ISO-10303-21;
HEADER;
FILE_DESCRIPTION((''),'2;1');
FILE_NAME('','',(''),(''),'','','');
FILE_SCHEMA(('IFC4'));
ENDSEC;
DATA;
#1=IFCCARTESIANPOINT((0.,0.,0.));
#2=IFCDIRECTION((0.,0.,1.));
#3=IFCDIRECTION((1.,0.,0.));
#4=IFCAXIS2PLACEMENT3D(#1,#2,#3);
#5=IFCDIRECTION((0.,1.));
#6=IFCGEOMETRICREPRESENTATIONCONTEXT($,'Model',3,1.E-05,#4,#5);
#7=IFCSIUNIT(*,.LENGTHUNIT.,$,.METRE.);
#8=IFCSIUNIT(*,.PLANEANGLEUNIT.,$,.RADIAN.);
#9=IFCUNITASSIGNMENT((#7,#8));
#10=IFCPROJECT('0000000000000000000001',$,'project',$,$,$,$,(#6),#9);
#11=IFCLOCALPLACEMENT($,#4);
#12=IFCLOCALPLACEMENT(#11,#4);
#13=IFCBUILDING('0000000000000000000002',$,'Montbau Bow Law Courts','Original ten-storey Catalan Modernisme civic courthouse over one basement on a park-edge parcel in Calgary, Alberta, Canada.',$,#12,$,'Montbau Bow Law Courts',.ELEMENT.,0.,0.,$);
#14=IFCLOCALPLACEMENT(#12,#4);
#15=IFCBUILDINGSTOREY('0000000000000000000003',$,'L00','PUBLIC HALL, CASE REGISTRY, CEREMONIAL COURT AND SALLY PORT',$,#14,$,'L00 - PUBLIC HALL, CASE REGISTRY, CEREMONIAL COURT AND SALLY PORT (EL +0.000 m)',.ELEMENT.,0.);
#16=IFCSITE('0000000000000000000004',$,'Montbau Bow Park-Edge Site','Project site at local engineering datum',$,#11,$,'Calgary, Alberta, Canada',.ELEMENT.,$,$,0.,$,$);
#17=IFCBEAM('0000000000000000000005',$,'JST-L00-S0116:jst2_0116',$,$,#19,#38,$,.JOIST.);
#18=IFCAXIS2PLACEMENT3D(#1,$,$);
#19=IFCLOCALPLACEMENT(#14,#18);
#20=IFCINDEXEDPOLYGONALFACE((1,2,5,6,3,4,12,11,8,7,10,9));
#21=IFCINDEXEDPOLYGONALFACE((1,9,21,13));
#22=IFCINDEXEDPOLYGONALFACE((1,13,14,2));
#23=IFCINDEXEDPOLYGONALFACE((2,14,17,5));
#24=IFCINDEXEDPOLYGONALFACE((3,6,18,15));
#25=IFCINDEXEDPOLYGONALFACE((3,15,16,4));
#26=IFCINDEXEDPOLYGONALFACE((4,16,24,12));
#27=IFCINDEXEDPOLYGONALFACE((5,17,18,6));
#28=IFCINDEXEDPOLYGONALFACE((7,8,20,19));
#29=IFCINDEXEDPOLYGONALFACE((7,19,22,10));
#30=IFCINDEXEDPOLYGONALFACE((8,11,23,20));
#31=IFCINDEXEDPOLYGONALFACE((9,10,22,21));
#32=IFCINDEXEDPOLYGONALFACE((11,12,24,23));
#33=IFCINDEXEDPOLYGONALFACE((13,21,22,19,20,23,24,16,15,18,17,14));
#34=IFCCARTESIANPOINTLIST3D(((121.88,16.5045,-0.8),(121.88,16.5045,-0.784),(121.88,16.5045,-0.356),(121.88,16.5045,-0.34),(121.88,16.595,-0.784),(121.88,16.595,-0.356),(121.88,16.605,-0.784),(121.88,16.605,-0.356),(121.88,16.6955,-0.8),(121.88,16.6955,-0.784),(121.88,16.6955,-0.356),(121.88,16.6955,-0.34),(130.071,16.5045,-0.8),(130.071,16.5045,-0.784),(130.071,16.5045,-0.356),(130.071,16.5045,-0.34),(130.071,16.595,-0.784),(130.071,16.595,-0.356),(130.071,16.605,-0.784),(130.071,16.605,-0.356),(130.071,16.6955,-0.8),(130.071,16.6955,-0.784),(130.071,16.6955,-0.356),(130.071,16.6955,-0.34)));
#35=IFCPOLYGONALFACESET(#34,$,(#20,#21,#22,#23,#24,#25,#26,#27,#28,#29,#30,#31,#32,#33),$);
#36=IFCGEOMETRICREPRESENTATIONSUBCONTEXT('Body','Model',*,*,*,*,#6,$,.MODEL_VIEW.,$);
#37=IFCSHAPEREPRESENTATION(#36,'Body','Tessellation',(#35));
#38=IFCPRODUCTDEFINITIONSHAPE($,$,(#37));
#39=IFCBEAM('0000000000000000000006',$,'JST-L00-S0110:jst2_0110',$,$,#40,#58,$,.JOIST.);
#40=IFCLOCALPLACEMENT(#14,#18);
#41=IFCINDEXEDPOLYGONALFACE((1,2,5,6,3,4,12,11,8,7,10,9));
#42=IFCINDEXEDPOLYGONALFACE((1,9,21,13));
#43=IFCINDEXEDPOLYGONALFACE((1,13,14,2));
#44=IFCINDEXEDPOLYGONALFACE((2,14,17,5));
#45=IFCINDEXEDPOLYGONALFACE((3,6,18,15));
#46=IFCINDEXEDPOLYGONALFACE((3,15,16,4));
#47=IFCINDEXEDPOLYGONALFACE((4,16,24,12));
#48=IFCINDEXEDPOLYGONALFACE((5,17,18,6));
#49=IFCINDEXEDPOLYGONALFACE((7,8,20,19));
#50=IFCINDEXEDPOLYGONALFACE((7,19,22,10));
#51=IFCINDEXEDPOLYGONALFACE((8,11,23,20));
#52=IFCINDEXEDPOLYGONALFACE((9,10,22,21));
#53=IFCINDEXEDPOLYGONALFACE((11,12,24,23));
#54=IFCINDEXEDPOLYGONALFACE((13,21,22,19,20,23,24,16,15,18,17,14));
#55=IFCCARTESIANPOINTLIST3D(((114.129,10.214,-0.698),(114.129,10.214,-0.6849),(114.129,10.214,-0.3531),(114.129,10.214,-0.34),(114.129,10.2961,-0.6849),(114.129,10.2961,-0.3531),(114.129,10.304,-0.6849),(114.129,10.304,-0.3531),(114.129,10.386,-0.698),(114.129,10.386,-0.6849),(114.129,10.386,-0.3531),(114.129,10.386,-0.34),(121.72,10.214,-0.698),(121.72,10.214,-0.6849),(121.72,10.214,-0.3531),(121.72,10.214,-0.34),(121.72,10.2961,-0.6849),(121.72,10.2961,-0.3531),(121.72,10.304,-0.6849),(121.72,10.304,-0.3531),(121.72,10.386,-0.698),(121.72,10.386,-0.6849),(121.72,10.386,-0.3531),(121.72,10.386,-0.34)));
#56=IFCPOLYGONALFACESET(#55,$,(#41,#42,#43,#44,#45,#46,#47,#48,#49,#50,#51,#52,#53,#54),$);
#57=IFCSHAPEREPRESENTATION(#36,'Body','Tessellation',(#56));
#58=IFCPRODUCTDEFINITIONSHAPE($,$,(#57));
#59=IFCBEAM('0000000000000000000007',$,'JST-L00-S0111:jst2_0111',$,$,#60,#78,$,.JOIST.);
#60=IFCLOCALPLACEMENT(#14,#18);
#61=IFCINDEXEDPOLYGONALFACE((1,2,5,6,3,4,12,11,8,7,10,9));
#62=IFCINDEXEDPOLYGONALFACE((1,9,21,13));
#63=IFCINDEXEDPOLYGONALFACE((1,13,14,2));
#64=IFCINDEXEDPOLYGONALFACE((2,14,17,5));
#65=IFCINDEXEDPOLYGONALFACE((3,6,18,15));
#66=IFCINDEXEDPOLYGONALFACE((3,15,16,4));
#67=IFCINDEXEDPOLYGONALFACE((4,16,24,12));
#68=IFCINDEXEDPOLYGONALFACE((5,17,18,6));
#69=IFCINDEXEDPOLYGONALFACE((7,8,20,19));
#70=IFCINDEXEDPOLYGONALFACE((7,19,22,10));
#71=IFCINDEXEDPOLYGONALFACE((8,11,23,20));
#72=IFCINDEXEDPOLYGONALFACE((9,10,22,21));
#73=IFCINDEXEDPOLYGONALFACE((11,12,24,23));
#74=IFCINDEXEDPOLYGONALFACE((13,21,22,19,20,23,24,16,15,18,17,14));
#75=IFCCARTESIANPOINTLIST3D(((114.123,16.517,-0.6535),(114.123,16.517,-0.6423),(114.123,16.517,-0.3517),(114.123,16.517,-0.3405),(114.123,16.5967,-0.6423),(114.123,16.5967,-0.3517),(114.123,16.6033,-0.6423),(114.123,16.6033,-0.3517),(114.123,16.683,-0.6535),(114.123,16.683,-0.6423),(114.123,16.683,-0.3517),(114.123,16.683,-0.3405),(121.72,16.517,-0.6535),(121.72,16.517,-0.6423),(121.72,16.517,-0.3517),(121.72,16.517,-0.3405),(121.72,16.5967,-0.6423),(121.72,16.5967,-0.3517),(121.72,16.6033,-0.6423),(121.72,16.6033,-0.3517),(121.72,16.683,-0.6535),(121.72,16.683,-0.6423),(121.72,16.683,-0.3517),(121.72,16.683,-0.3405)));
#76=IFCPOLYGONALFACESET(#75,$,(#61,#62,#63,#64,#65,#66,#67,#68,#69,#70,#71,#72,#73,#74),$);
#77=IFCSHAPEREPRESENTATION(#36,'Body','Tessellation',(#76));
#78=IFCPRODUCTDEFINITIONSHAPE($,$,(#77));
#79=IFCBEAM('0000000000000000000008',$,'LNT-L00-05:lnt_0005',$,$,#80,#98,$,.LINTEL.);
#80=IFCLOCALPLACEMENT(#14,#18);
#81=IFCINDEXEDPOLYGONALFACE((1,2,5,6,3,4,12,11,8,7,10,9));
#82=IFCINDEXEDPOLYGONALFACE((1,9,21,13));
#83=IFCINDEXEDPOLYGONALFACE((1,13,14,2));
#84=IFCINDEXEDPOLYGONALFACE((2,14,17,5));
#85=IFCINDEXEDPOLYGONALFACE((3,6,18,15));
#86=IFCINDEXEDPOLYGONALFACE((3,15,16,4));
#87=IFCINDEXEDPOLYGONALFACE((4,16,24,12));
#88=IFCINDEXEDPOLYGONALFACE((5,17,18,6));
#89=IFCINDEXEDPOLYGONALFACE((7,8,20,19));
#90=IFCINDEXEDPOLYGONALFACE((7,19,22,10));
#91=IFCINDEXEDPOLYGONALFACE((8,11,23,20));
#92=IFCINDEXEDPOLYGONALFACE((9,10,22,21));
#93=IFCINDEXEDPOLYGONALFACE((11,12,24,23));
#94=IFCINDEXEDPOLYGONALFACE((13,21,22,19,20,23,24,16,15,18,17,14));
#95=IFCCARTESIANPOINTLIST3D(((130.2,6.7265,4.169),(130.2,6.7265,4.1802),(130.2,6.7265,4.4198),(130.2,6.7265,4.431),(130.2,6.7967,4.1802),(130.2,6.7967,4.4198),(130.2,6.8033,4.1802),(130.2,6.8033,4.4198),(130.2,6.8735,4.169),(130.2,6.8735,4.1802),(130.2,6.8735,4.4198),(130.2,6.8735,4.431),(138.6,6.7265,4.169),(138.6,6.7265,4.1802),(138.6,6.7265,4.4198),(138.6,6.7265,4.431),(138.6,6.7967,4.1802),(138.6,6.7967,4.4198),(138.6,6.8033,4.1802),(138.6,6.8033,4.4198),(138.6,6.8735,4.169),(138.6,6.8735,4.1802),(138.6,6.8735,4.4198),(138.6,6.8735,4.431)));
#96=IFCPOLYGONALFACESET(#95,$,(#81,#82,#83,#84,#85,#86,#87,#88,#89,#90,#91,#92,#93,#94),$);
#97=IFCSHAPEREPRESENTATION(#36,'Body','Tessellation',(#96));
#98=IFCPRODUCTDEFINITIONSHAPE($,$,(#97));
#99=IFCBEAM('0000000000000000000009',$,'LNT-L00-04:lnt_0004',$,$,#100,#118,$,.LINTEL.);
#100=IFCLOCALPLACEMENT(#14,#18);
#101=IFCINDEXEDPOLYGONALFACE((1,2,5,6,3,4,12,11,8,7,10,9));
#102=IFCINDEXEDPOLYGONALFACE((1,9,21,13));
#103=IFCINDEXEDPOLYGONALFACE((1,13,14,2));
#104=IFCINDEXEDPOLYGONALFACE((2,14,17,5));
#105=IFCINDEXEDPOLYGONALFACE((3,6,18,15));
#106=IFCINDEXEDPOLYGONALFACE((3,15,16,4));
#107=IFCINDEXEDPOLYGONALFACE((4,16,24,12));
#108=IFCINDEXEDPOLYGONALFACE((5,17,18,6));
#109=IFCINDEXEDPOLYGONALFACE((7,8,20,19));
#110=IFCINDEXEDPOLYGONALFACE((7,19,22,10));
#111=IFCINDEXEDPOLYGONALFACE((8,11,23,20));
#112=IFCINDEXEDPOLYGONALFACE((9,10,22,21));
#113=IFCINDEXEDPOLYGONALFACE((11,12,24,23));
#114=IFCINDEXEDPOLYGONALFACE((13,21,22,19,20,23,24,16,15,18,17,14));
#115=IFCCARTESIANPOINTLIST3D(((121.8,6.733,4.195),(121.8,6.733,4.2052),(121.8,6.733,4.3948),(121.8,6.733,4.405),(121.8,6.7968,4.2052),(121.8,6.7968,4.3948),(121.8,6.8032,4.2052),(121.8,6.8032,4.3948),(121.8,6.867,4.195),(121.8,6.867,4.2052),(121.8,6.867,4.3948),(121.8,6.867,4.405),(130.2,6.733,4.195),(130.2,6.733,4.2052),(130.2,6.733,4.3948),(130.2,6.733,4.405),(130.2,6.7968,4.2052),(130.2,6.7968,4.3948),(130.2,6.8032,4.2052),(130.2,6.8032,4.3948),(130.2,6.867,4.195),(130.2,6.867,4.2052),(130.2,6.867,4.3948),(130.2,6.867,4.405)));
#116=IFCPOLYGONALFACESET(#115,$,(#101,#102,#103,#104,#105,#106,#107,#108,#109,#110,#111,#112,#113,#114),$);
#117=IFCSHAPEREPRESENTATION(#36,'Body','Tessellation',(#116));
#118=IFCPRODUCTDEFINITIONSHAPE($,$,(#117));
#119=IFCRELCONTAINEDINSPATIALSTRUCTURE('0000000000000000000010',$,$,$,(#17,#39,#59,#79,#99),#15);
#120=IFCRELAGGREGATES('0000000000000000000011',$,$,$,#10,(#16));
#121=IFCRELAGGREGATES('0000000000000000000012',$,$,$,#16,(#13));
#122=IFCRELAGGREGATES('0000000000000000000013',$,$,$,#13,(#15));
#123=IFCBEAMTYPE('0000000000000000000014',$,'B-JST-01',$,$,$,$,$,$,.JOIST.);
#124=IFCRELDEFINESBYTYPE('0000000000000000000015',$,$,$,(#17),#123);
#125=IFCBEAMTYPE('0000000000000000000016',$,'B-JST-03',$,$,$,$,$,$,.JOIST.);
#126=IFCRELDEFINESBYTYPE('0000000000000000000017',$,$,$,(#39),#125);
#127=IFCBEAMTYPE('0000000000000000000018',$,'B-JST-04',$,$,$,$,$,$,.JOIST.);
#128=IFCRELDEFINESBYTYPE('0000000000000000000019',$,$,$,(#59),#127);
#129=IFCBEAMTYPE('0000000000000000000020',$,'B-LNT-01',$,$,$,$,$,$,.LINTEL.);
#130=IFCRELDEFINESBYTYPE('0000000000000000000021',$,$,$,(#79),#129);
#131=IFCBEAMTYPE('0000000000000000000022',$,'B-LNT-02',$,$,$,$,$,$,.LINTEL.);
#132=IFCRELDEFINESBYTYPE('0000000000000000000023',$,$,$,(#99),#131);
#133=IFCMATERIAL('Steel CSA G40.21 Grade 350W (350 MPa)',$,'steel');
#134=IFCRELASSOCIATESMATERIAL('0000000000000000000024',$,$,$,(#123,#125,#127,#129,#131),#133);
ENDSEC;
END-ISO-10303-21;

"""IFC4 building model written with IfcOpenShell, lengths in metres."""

from ifc_helpers import new_model, si_unit, direction, frame, origin_with_axes, origin_2d_with_axis, place, context, subcontext, project, spatial, i_section, extrude, material, material_profile, profile_set, type_object, element, save


model = new_model("IFC4")

# Units and contexts
model_context = context("Model", 3, precision=1e-05, world=origin_with_axes(), true_north=direction((0.0, 1.0)))
body_context = subcontext(model_context, "Body", "Model", "MODEL_VIEW")
ifc_project = project(units=[si_unit("LENGTHUNIT", "METRE"), si_unit("PLANEANGLEUNIT", "RADIAN")], contexts=[model_context])

# Site, building, storey
site_placement = place(None, origin_with_axes())
site = spatial("IfcSite", under=ifc_project, at=site_placement, Name="Montbau Bow Park-Edge Site", Description="Project site at local engineering datum", LongName="Calgary, Alberta, Canada", CompositionType="ELEMENT", RefElevation=0.0)
building_placement = place(site_placement, origin_with_axes())
building = spatial("IfcBuilding", under=site, at=building_placement, Name="Montbau Bow Law Courts", Description="Original ten-storey Catalan Modernisme civic courthouse over one basement on a park-edge parcel in Calgary, Alberta, Canada.", LongName="Montbau Bow Law Courts", CompositionType="ELEMENT", ElevationOfRefHeight=0.0, ElevationOfTerrain=0.0)
storey_placement = place(building_placement, origin_with_axes())
storey = spatial("IfcBuildingStorey", under=building, at=storey_placement, Name="L00", Description="PUBLIC HALL, CASE REGISTRY, CEREMONIAL COURT AND SALLY PORT", LongName="L00 - PUBLIC HALL, CASE REGISTRY, CEREMONIAL COURT AND SALLY PORT (EL +0.000 m)", CompositionType="ELEMENT", Elevation=0.0)

# Shared definitions
ifc_material_1 = material(Name="Steel CSA G40.21 Grade 350W (350 MPa)", Category="steel")

# Beams
ifc_material_profile_1 = material_profile(ifc_material_1, i_section(OverallWidth=0.191, OverallDepth=0.46, WebThickness=0.0099, FlangeThickness=0.016, at=origin_2d_with_axis()), Name="W460X82", Category="Main", Priority=0)
ifc_profile_set_1 = profile_set([ifc_material_profile_1], Name="Steel CSA G40.21 Grade 350W (350 MPa)")
beam_type_1 = type_object("IfcBeamType", Name="B-JST-01", PredefinedType="JOIST", material=ifc_profile_set_1)
beam_1_placement = place(None, frame((121.88, 16.6, -0.57), z_axis=(1.0, 0.0, 0.0), x_axis=(0.0, 1.0, 0.0)))
element("IfcBeam", 1, at=beam_1_placement, inside=storey, type_object=beam_type_1, Name="JST-L00-S0116:jst2_0116", PredefinedType="JOIST", context=body_context, shape_type="SweptSolid", body=[
    extrude(i_section(OverallWidth=0.191, OverallDepth=0.46, WebThickness=0.0099, FlangeThickness=0.016, at=origin_2d_with_axis()), origin_with_axes(), (0.0, 0.0, 1.0), 8.191),
])
ifc_material_profile_2 = material_profile(ifc_material_1, i_section(OverallWidth=0.172, OverallDepth=0.358, WebThickness=0.0079, FlangeThickness=0.0131, at=origin_2d_with_axis()), Name="W360X57", Category="Main", Priority=0)
ifc_profile_set_2 = profile_set([ifc_material_profile_2], Name="Steel CSA G40.21 Grade 350W (350 MPa)")
beam_type_2 = type_object("IfcBeamType", Name="B-JST-03", PredefinedType="JOIST", material=ifc_profile_set_2)
beam_2_placement = place(None, frame((114.129, 10.3, -0.519), z_axis=(1.0, 0.0, 0.0), x_axis=(0.0, 1.0, 0.0)))
element("IfcBeam", 2, at=beam_2_placement, inside=storey, type_object=beam_type_2, Name="JST-L00-S0110:jst2_0110", PredefinedType="JOIST", context=body_context, shape_type="SweptSolid", body=[
    extrude(i_section(OverallWidth=0.172, OverallDepth=0.358, WebThickness=0.0079, FlangeThickness=0.0131, at=origin_2d_with_axis()), origin_with_axes(), (0.0, 0.0, 1.0), 7.591),
])
ifc_material_profile_3 = material_profile(ifc_material_1, i_section(OverallWidth=0.166, OverallDepth=0.313, WebThickness=0.0066, FlangeThickness=0.0112, at=origin_2d_with_axis()), Name="W310X45", Category="Main", Priority=0)
ifc_profile_set_3 = profile_set([ifc_material_profile_3], Name="Steel CSA G40.21 Grade 350W (350 MPa)")
beam_type_3 = type_object("IfcBeamType", Name="B-JST-04", PredefinedType="JOIST", material=ifc_profile_set_3)
beam_3_placement = place(None, frame((114.123, 16.6, -0.497), z_axis=(1.0, 0.0, 0.0), x_axis=(0.0, 1.0, 0.0)))
element("IfcBeam", 3, at=beam_3_placement, inside=storey, type_object=beam_type_3, Name="JST-L00-S0111:jst2_0111", PredefinedType="JOIST", context=body_context, shape_type="SweptSolid", body=[
    extrude(i_section(OverallWidth=0.166, OverallDepth=0.313, WebThickness=0.0066, FlangeThickness=0.0112, at=origin_2d_with_axis()), origin_with_axes(), (0.0, 0.0, 1.0), 7.597),
])
ifc_material_profile_4 = material_profile(ifc_material_1, i_section(OverallWidth=0.147, OverallDepth=0.262, WebThickness=0.0066, FlangeThickness=0.0112, at=origin_2d_with_axis()), Name="W250X39", Category="Main", Priority=0)
ifc_profile_set_4 = profile_set([ifc_material_profile_4], Name="Steel CSA G40.21 Grade 350W (350 MPa)")
beam_type_4 = type_object("IfcBeamType", Name="B-LNT-01", PredefinedType="LINTEL", material=ifc_profile_set_4)
beam_4_placement = place(None, frame((130.2, 6.8, 4.3), z_axis=(1.0, 0.0, 0.0), x_axis=(0.0, 1.0, 0.0)))
element("IfcBeam", 4, at=beam_4_placement, inside=storey, type_object=beam_type_4, Name="LNT-L00-05:lnt_0005", PredefinedType="LINTEL", context=body_context, shape_type="SweptSolid", body=[
    extrude(i_section(OverallWidth=0.147, OverallDepth=0.262, WebThickness=0.0066, FlangeThickness=0.0112, at=origin_2d_with_axis()), origin_with_axes(), (0.0, 0.0, 1.0), 8.4),
])
ifc_material_profile_5 = material_profile(ifc_material_1, i_section(OverallWidth=0.134, OverallDepth=0.21, WebThickness=0.0064, FlangeThickness=0.0102, at=origin_2d_with_axis()), Name="W200X31", Category="Main", Priority=0)
ifc_profile_set_5 = profile_set([ifc_material_profile_5], Name="Steel CSA G40.21 Grade 350W (350 MPa)")
beam_type_5 = type_object("IfcBeamType", Name="B-LNT-02", PredefinedType="LINTEL", material=ifc_profile_set_5)
beam_5_placement = place(None, frame((121.8, 6.8, 4.3), z_axis=(1.0, 0.0, 0.0), x_axis=(0.0, 1.0, 0.0)))
element("IfcBeam", 5, at=beam_5_placement, inside=storey, type_object=beam_type_5, Name="LNT-L00-04:lnt_0004", PredefinedType="LINTEL", context=body_context, shape_type="SweptSolid", body=[
    extrude(i_section(OverallWidth=0.134, OverallDepth=0.21, WebThickness=0.0064, FlangeThickness=0.0102, at=origin_2d_with_axis()), origin_with_axes(), (0.0, 0.0, 1.0), 8.4),
])

save(model, "model.ifc")
